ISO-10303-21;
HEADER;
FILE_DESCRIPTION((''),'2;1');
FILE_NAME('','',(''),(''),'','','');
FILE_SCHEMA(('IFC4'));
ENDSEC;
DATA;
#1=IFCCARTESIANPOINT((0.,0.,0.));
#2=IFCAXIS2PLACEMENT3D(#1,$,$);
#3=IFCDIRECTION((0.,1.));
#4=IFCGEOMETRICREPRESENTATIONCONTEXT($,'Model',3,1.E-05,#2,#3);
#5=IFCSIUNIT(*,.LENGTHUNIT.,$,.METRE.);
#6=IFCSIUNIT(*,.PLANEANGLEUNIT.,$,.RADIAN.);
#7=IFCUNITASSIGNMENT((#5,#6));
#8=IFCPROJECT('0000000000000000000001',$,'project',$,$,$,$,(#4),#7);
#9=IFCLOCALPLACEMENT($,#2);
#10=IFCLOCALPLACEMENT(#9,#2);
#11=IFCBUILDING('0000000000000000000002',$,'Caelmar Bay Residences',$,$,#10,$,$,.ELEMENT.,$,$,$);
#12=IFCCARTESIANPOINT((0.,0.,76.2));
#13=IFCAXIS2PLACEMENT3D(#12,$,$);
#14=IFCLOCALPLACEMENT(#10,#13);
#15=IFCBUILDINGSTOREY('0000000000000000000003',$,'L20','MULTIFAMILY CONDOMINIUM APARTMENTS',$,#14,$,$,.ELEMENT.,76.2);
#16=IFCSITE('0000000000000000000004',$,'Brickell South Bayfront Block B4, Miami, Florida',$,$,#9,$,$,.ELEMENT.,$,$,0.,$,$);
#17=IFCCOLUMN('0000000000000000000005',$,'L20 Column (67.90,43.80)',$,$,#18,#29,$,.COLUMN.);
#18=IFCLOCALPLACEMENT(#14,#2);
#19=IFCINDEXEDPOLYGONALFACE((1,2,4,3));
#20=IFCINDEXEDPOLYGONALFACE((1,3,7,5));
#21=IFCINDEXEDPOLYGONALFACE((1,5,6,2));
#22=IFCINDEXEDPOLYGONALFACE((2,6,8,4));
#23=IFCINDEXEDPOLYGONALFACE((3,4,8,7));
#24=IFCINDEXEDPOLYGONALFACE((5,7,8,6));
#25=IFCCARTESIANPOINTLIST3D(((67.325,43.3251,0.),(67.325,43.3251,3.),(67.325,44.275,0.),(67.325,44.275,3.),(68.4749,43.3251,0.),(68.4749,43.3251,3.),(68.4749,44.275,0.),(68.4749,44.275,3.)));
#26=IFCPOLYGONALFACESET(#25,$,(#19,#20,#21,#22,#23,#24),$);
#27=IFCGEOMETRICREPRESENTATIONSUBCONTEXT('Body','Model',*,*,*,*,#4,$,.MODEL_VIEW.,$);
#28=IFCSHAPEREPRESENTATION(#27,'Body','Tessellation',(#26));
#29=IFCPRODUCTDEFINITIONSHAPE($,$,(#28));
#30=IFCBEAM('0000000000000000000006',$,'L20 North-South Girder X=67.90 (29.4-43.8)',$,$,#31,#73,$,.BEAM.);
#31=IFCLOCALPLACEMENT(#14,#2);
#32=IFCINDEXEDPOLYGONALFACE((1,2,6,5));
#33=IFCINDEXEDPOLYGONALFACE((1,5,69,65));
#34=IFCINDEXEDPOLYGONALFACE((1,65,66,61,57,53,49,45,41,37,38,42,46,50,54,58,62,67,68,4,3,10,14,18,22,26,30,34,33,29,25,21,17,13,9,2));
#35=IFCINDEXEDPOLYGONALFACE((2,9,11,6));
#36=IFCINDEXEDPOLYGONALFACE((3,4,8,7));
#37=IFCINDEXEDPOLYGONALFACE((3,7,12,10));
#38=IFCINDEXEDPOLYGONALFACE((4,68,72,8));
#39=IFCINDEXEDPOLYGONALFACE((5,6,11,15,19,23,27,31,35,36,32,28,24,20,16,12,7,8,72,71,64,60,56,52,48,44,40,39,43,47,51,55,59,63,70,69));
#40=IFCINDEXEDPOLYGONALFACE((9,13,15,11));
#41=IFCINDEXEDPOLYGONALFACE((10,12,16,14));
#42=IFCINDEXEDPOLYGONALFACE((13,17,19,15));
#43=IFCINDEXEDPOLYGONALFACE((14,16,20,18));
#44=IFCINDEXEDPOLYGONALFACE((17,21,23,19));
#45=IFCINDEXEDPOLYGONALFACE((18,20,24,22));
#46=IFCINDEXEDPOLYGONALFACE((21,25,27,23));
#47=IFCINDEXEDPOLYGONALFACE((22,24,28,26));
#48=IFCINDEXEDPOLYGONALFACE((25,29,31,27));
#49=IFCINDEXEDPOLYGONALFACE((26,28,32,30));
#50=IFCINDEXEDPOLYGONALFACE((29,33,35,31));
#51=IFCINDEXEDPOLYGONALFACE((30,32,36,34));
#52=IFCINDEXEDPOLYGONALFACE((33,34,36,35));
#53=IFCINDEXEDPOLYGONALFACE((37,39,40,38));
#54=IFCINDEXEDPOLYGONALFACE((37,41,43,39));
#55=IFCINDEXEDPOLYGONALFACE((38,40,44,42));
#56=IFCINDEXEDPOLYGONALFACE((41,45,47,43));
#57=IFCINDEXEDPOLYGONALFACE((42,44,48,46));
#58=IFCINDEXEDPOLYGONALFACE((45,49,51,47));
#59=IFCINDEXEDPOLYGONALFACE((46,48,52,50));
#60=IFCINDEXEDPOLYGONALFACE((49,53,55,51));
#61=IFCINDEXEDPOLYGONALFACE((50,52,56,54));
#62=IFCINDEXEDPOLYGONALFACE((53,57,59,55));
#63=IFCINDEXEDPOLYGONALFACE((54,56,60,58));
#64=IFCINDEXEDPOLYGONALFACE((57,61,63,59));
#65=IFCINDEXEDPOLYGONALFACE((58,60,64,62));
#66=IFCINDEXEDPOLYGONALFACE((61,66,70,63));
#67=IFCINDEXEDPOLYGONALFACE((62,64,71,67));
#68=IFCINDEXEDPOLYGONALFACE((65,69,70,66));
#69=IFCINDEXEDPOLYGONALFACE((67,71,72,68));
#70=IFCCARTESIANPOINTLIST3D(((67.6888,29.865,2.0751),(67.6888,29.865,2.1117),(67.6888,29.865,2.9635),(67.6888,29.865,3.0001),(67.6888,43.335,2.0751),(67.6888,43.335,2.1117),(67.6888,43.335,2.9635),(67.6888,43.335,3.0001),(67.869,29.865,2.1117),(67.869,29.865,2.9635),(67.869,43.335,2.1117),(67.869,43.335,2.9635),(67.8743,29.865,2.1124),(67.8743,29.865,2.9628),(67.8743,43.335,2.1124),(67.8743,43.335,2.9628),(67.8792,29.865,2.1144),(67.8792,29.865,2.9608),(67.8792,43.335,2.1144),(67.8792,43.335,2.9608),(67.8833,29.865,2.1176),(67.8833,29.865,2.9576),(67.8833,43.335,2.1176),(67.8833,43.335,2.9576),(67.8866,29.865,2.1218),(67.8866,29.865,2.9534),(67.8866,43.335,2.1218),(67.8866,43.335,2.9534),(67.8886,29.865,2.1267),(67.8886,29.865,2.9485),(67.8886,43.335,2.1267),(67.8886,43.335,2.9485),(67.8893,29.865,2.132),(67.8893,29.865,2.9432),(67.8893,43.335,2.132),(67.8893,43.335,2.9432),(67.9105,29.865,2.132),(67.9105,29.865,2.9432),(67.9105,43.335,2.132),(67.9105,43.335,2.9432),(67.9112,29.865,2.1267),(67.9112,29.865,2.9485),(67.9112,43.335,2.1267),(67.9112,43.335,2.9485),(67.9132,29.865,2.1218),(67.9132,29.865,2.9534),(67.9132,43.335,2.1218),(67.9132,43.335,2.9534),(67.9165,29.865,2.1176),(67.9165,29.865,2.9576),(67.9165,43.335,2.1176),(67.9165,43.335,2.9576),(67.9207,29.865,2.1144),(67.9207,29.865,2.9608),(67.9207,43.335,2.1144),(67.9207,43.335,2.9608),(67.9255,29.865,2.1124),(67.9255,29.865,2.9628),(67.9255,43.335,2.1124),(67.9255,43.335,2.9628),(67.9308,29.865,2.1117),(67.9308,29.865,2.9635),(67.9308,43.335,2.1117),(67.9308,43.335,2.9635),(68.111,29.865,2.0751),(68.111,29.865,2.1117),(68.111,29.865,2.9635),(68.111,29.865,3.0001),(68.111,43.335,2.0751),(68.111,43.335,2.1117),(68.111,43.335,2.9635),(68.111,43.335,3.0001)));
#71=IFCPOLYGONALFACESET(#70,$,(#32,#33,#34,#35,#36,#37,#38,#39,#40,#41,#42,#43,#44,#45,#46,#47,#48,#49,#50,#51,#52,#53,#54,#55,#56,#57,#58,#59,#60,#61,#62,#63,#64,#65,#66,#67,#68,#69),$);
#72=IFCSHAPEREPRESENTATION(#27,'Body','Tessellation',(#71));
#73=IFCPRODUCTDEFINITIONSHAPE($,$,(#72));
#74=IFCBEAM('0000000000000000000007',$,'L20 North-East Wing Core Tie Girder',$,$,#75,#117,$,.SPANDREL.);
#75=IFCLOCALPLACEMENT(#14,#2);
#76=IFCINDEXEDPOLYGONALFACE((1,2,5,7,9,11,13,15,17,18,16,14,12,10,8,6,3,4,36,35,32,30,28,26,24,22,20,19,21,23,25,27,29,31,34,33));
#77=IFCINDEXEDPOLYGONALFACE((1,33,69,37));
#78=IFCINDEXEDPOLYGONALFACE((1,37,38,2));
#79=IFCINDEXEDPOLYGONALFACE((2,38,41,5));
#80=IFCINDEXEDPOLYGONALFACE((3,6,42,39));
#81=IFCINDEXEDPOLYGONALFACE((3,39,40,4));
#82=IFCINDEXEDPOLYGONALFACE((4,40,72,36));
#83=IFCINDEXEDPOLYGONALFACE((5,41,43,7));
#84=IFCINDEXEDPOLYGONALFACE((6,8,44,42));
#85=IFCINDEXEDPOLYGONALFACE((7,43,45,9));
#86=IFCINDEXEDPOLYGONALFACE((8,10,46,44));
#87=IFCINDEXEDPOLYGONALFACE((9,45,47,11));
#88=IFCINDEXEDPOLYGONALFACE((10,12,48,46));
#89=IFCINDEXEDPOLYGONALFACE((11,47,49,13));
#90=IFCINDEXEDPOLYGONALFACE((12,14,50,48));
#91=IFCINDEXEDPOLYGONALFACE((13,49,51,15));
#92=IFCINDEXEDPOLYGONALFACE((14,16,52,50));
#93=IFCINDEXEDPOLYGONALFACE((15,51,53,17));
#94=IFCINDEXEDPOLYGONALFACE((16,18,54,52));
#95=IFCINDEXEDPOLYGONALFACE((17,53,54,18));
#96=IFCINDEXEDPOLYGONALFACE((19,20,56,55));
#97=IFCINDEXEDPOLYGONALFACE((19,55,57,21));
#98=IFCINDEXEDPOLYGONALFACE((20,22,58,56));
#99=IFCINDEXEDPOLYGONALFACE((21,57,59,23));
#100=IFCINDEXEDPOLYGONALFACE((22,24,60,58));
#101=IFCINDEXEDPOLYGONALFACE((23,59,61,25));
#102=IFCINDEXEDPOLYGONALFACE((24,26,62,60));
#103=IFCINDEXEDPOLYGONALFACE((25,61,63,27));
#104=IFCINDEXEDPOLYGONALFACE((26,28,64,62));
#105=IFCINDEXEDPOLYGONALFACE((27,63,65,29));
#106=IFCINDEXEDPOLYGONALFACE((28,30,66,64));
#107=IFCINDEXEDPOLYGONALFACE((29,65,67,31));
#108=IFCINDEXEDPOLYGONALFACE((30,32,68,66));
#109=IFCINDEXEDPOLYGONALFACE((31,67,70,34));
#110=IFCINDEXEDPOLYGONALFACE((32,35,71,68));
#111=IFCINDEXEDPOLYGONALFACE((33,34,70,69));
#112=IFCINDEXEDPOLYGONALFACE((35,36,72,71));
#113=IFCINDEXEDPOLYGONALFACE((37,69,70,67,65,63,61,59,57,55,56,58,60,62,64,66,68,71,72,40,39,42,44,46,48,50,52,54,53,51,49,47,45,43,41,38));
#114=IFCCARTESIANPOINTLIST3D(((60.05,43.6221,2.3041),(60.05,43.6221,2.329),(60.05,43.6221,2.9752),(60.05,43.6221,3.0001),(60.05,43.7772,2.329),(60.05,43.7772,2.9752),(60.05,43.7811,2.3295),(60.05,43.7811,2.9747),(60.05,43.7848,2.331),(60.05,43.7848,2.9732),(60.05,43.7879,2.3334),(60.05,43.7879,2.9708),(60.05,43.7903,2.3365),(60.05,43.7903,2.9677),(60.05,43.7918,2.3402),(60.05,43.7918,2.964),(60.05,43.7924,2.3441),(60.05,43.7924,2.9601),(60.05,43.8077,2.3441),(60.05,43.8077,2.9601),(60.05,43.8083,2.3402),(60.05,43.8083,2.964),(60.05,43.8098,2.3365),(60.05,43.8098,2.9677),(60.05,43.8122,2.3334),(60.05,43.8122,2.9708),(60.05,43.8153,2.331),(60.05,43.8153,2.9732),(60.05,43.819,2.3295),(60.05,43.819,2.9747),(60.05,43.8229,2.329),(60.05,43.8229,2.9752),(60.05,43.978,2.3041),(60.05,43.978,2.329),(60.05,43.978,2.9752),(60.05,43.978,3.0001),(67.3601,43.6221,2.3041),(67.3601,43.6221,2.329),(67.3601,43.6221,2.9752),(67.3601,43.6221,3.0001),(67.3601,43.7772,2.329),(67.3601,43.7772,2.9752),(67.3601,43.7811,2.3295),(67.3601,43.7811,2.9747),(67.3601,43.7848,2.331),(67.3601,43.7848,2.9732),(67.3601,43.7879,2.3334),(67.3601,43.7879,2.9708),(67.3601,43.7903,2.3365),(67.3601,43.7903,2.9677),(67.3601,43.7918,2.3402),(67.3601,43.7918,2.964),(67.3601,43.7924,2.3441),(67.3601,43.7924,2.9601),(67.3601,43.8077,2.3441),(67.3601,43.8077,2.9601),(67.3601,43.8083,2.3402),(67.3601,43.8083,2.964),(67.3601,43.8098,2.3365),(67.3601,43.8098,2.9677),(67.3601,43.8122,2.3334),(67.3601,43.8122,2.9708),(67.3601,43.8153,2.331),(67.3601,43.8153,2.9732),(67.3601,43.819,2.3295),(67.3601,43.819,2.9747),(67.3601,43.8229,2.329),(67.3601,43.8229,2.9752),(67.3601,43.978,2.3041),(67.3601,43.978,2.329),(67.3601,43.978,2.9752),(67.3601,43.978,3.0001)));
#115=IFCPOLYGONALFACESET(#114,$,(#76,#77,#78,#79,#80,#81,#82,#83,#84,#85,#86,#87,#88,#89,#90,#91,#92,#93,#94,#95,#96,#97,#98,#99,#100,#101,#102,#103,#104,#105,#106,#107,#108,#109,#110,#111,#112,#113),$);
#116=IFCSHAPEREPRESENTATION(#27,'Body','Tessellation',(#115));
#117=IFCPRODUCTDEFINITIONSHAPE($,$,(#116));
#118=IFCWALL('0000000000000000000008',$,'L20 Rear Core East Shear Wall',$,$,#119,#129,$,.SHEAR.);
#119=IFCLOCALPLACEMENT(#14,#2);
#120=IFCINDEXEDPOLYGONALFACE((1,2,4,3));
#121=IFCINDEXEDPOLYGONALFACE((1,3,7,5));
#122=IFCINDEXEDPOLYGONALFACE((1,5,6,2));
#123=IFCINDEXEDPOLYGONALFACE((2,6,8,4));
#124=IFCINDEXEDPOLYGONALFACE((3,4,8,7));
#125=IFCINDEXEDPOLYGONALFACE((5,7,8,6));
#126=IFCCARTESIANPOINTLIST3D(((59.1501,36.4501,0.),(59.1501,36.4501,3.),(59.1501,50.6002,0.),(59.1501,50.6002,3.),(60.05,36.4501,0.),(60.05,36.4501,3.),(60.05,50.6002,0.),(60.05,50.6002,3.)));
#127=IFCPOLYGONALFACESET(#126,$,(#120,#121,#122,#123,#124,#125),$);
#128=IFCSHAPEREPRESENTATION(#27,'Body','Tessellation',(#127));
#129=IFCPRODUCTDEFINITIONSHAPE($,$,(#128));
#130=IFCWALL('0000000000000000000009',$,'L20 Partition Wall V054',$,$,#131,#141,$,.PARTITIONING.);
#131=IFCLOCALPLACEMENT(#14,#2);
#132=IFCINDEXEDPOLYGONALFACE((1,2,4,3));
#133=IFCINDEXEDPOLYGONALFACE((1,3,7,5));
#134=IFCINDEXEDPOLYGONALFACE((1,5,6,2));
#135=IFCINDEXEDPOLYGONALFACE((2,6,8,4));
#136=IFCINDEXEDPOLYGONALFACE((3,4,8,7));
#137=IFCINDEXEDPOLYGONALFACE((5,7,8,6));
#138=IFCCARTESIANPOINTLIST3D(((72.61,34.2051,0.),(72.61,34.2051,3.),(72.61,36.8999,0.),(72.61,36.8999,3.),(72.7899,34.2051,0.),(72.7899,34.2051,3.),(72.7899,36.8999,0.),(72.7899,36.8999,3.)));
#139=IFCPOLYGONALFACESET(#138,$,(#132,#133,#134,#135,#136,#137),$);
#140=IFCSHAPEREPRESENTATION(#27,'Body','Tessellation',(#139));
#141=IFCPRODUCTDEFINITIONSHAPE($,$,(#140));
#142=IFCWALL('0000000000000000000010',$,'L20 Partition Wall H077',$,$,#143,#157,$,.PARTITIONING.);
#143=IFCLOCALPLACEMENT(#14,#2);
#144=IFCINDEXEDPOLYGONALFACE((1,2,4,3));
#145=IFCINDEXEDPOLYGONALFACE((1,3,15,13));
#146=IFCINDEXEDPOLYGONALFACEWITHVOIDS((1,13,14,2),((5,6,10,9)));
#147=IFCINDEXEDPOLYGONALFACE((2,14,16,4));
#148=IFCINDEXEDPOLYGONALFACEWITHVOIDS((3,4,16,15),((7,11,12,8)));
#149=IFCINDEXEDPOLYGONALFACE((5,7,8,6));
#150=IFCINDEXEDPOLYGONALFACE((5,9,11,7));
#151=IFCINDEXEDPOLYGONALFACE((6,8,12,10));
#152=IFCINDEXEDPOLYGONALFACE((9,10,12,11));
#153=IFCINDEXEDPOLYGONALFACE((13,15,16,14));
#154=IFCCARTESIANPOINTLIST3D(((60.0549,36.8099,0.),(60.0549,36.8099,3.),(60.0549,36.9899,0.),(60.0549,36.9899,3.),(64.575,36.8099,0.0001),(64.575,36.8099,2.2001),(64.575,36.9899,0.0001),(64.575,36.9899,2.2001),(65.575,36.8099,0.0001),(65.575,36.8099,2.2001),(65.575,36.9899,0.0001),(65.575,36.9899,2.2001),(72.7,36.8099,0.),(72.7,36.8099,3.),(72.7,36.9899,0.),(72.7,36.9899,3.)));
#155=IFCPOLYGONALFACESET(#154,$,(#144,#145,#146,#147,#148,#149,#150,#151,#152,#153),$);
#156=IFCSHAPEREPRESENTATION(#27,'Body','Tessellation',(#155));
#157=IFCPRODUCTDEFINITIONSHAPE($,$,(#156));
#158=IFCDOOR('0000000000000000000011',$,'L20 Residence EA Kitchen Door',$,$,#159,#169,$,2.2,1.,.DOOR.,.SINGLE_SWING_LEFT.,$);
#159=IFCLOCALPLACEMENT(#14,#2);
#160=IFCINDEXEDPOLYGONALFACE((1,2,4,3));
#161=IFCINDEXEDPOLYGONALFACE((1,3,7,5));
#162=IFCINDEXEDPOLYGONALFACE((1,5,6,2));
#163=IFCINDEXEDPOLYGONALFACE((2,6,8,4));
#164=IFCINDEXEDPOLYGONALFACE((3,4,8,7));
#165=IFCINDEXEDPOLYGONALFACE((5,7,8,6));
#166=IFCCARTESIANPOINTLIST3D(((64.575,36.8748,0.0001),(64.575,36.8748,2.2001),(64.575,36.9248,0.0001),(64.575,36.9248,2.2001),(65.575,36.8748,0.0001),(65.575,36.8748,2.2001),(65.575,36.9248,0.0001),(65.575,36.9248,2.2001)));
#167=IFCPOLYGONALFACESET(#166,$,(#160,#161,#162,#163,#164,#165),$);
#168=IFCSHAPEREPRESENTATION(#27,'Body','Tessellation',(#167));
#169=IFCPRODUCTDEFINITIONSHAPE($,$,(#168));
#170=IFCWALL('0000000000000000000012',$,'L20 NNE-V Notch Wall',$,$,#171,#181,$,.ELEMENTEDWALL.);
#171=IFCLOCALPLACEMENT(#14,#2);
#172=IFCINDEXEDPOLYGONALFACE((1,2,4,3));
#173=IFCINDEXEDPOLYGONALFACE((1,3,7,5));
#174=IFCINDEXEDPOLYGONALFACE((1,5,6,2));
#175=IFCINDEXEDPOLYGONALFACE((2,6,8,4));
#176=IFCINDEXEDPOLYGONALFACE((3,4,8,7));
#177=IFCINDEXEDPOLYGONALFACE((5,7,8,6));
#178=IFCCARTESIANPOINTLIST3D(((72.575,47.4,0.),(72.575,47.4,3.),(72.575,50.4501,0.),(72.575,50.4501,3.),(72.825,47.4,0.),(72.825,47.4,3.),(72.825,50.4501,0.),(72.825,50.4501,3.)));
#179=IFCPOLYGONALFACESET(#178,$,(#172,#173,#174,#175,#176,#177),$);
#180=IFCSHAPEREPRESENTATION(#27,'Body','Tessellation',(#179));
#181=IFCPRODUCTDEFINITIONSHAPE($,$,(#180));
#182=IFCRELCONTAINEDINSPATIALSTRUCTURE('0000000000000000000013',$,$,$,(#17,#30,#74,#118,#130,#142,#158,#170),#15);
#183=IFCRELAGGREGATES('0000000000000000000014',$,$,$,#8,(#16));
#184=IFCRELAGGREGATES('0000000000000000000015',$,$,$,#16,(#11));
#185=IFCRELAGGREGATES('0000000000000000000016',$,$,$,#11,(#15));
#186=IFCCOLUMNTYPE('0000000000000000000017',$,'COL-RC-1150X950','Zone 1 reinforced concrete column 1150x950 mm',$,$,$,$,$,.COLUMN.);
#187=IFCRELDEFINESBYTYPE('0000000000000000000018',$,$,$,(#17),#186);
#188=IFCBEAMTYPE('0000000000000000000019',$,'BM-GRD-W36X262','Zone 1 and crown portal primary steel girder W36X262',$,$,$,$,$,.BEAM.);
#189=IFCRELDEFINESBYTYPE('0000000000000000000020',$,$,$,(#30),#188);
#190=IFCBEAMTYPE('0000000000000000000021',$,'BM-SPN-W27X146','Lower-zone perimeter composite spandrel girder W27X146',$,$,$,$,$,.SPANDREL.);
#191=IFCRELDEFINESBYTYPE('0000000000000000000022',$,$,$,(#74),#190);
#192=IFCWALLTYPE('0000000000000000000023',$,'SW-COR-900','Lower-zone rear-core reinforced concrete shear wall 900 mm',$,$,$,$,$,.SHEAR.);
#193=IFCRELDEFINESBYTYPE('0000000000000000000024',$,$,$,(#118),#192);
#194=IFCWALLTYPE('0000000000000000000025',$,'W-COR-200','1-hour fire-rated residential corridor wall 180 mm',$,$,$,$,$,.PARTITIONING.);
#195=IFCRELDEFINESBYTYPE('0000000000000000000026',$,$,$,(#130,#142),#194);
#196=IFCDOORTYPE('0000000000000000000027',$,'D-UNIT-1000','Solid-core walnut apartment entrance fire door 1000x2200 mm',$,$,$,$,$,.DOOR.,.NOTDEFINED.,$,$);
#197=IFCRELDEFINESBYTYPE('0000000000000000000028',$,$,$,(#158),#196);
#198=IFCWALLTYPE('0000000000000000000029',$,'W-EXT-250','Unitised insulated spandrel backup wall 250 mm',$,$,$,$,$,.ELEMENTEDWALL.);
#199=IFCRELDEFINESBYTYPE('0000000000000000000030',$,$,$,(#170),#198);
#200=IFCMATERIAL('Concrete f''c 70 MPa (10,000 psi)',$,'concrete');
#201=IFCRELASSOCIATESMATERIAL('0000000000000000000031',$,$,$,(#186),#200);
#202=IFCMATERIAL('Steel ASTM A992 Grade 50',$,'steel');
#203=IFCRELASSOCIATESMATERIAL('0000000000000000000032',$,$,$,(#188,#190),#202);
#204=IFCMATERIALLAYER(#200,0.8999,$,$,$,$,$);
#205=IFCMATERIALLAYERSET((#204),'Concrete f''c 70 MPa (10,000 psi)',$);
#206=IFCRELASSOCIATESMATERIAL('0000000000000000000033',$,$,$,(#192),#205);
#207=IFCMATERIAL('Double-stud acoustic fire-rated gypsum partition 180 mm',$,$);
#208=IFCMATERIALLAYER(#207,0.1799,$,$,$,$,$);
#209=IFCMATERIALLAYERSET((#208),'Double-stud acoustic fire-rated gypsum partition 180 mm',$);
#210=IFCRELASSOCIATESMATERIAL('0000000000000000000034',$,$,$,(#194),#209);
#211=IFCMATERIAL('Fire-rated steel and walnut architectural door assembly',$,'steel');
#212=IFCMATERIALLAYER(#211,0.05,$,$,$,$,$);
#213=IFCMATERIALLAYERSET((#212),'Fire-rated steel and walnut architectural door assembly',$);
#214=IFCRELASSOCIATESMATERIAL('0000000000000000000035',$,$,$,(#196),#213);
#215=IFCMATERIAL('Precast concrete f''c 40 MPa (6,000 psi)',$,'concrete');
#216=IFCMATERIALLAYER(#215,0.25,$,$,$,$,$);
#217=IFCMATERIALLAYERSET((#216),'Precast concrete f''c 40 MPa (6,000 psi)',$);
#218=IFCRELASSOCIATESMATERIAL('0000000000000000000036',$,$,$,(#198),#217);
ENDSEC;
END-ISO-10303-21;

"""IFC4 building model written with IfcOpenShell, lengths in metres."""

from ifc_helpers import new_model, si_unit, direction, frame, frame_2d, origin, origin_2d, place, context, subcontext, project, spatial, rectangle, i_section, extrude, material, layer, layer_set, material_profile, profile_set, type_object, element, fill, save


model = new_model("IFC4")

# Units and contexts
model_context = context("Model", 3, precision=1e-05, world=origin(), true_north=direction((0.0, 1.0)))
body_context = subcontext(model_context, "Body", "Model", "MODEL_VIEW")
ifc_project = project(units=[si_unit("LENGTHUNIT", "METRE"), si_unit("PLANEANGLEUNIT", "RADIAN")], contexts=[model_context])

# Site, building, storey
site_placement = place(None, origin())
site = spatial("IfcSite", under=ifc_project, at=site_placement, Name="Brickell South Bayfront Block B4, Miami, Florida", CompositionType="ELEMENT", RefElevation=0.0)
building_placement = place(site_placement, origin())
building = spatial("IfcBuilding", under=site, at=building_placement, Name="Caelmar Bay Residences", CompositionType="ELEMENT")
storey_placement = place(building_placement, frame((0.0, 0.0, 76.2)))
storey = spatial("IfcBuildingStorey", under=building, at=storey_placement, Name="L20", Description="MULTIFAMILY CONDOMINIUM APARTMENTS", CompositionType="ELEMENT", Elevation=76.2)

# Column
ifc_material_1 = material(Name="Concrete f'c 70 MPa (10,000 psi)", Category="concrete")
ifc_material_profile_1 = material_profile(ifc_material_1, rectangle(XDim=1.1499, YDim=0.95, at=origin_2d()), Name="RC-COL-1150X950")
ifc_profile_set_1 = profile_set([ifc_material_profile_1], Name="Concrete f'c 70 MPa (10,000 psi)")
column_type = type_object("IfcColumnType", Name="COL-RC-1150X950", Description="Zone 1 reinforced concrete column 1150x950 mm", PredefinedType="COLUMN", material=ifc_profile_set_1)
column_placement = place(storey_placement, frame((67.8999, 43.8, 0.0), z_axis=(0.0, 0.0, 1.0), x_axis=(1.0, 0.0, 0.0)))
element("IfcColumn", 1, at=column_placement, inside=storey, type_object=column_type, Name="L20 Column (67.90,43.80)", PredefinedType="COLUMN", context=body_context, shape_type="SweptSolid", body=[
    extrude(rectangle(XDim=1.1499, YDim=0.95, at=origin_2d()), origin(), (0.0, 0.0, 1.0), 3.0),
])

# Beams
ifc_material_2 = material(Name="Steel ASTM A992 Grade 50", Category="steel")
ifc_material_profile_2 = material_profile(ifc_material_2, i_section(OverallWidth=0.4221, OverallDepth=0.925, WebThickness=0.0212, FlangeThickness=0.0366, FilletRadius=0.0203, at=origin_2d()), Name="W36X262")
ifc_profile_set_2 = profile_set([ifc_material_profile_2], Name="Steel ASTM A992 Grade 50")
beam_type_1 = type_object("IfcBeamType", Name="BM-GRD-W36X262", Description="Zone 1 and crown portal primary steel girder W36X262", PredefinedType="BEAM", material=ifc_profile_set_2)
beam_1_placement = place(storey_placement, frame((67.8999, 29.865, 2.5376), z_axis=(0.0, 1.0, 0.0), x_axis=(-1.0, 0.0, 0.0)))
element("IfcBeam", 2, at=beam_1_placement, inside=storey, type_object=beam_type_1, Name="L20 North-South Girder X=67.90 (29.4-43.8)", PredefinedType="BEAM", context=body_context, shape_type="SweptSolid", body=[
    extrude(i_section(OverallWidth=0.4221, OverallDepth=0.925, WebThickness=0.0212, FlangeThickness=0.0366, FilletRadius=0.0203, at=origin_2d()), origin(), (0.0, 0.0, 1.0), 13.47),
])
ifc_material_profile_3 = material_profile(ifc_material_2, i_section(OverallWidth=0.356, OverallDepth=0.696, WebThickness=0.0154, FlangeThickness=0.0249, FilletRadius=0.0151, at=origin_2d()), Name="W27X146")
ifc_profile_set_3 = profile_set([ifc_material_profile_3], Name="Steel ASTM A992 Grade 50")
beam_type_2 = type_object("IfcBeamType", Name="BM-SPN-W27X146", Description="Lower-zone perimeter composite spandrel girder W27X146", PredefinedType="SPANDREL", material=ifc_profile_set_3)
beam_2_placement = place(storey_placement, frame((60.05, 43.8, 2.6521), z_axis=(1.0, 0.0, 0.0), x_axis=(0.0, 1.0, 0.0)))
element("IfcBeam", 3, at=beam_2_placement, inside=storey, type_object=beam_type_2, Name="L20 North-East Wing Core Tie Girder", PredefinedType="SPANDREL", context=body_context, shape_type="SweptSolid", body=[
    extrude(i_section(OverallWidth=0.356, OverallDepth=0.696, WebThickness=0.0154, FlangeThickness=0.0249, FilletRadius=0.0151, at=origin_2d()), origin(), (0.0, 0.0, 1.0), 7.3101),
])

# Walls
ifc_layer_1 = layer(ifc_material_1, 0.8999)
ifc_layer_set_1 = layer_set([ifc_layer_1], Name="Concrete f'c 70 MPa (10,000 psi)")
wall_type_1 = type_object("IfcWallType", Name="SW-COR-900", Description="Lower-zone rear-core reinforced concrete shear wall 900 mm", PredefinedType="SHEAR", material=ifc_layer_set_1)
wall_1_placement = place(storey_placement, frame((59.6001, 36.45, 0.0), z_axis=(0.0, 0.0, 1.0), x_axis=(0.0, 1.0, 0.0)))
element("IfcWall", 4, at=wall_1_placement, inside=storey, type_object=wall_type_1, Name="L20 Rear Core East Shear Wall", PredefinedType="SHEAR", context=body_context, shape_type="SweptSolid", body=[
    extrude(rectangle(XDim=14.1501, YDim=0.8999, at=frame_2d((7.0752, 0.0))), origin(), (0.0, 0.0, 1.0), 3.0),
])
ifc_material_3 = material(Name="Double-stud acoustic fire-rated gypsum partition 180 mm")
ifc_layer_2 = layer(ifc_material_3, 0.1799)
ifc_layer_set_2 = layer_set([ifc_layer_2], Name="Double-stud acoustic fire-rated gypsum partition 180 mm")
wall_type_2 = type_object("IfcWallType", Name="W-COR-200", Description="1-hour fire-rated residential corridor wall 180 mm", PredefinedType="PARTITIONING", material=ifc_layer_set_2)
wall_2_placement = place(storey_placement, frame((72.7, 34.2051, 0.0), z_axis=(0.0, 0.0, 1.0), x_axis=(0.0, 1.0, 0.0)))
element("IfcWall", 5, at=wall_2_placement, inside=storey, type_object=wall_type_2, Name="L20 Partition Wall V054", PredefinedType="PARTITIONING", context=body_context, shape_type="SweptSolid", body=[
    extrude(rectangle(XDim=2.6948, YDim=0.1799, at=frame_2d((1.3474, 0.0))), origin(), (0.0, 0.0, 1.0), 3.0),
])

# Wall, opening, door
wall_3_placement = place(storey_placement, frame((60.0549, 36.8999, 0.0), z_axis=(0.0, 0.0, 1.0), x_axis=(1.0, 0.0, 0.0)))
wall_3 = element("IfcWall", 6, at=wall_3_placement, inside=storey, type_object=wall_type_2, Name="L20 Partition Wall H077", PredefinedType="PARTITIONING", context=body_context, shape_type="SweptSolid", body=[
    extrude(rectangle(XDim=12.645, YDim=0.1799, at=frame_2d((6.3225, 0.0))), origin(), (0.0, 0.0, 1.0), 3.0),
])
opening_1_placement = place(wall_3_placement, frame((4.52, 0.0, 0.0)))
opening_1 = element("IfcOpeningElement", 7, at=opening_1_placement, cuts=wall_3, PredefinedType="OPENING", context=body_context, shape_type="SweptSolid", body=[
    extrude(rectangle(XDim=1.0, YDim=2.2, at=frame_2d((0.5, 1.1001))), frame((0.0, 0.0999, 0.0), z_axis=(0.0, -1.0, 0.0), x_axis=(1.0, 0.0, 0.0)), (0.0, 0.0, 1.0), 0.2),
])
ifc_material_4 = material(Name="Fire-rated steel and walnut architectural door assembly", Category="steel")
ifc_layer_3 = layer(ifc_material_4, 0.05)
ifc_layer_set_3 = layer_set([ifc_layer_3], Name="Fire-rated steel and walnut architectural door assembly")
door_type_1 = type_object("IfcDoorType", Name="D-UNIT-1000", Description="Solid-core walnut apartment entrance fire door 1000x2200 mm", OperationType="NOTDEFINED", PredefinedType="DOOR", material=ifc_layer_set_3)
door_1_placement = place(opening_1_placement, origin())
door_1 = element("IfcDoor", 8, at=door_1_placement, inside=storey, type_object=door_type_1, Name="L20 Residence EA Kitchen Door", OperationType="SINGLE_SWING_LEFT", OverallHeight=2.2, OverallWidth=1.0, PredefinedType="DOOR", context=body_context, shape_type="SweptSolid", body=[
    extrude(rectangle(XDim=1.0, YDim=2.2, at=frame_2d((0.5, 1.1001))), frame((0.0, 0.0249, 0.0), z_axis=(0.0, -1.0, 0.0), x_axis=(1.0, 0.0, 0.0)), (0.0, 0.0, 1.0), 0.05),
])
fill(opening_1, door_1)

# Wall
ifc_material_5 = material(Name="Precast concrete f'c 40 MPa (6,000 psi)", Category="concrete")
ifc_layer_4 = layer(ifc_material_5, 0.25)
ifc_layer_set_4 = layer_set([ifc_layer_4], Name="Precast concrete f'c 40 MPa (6,000 psi)")
wall_type_3 = type_object("IfcWallType", Name="W-EXT-250", Description="Unitised insulated spandrel backup wall 250 mm", PredefinedType="ELEMENTEDWALL", material=ifc_layer_set_4)
wall_4_placement = place(storey_placement, frame((72.7, 50.45, 0.0), z_axis=(0.0, 0.0, 1.0), x_axis=(0.0, -1.0, 0.0)))
element("IfcWall", 9, at=wall_4_placement, inside=storey, type_object=wall_type_3, Name="L20 NNE-V Notch Wall", PredefinedType="ELEMENTEDWALL", context=body_context, shape_type="SweptSolid", body=[
    extrude(rectangle(XDim=3.05, YDim=0.25, at=frame_2d((1.5249, 0.0))), origin(), (0.0, 0.0, 1.0), 3.0),
])

save(model, "model.ifc")
